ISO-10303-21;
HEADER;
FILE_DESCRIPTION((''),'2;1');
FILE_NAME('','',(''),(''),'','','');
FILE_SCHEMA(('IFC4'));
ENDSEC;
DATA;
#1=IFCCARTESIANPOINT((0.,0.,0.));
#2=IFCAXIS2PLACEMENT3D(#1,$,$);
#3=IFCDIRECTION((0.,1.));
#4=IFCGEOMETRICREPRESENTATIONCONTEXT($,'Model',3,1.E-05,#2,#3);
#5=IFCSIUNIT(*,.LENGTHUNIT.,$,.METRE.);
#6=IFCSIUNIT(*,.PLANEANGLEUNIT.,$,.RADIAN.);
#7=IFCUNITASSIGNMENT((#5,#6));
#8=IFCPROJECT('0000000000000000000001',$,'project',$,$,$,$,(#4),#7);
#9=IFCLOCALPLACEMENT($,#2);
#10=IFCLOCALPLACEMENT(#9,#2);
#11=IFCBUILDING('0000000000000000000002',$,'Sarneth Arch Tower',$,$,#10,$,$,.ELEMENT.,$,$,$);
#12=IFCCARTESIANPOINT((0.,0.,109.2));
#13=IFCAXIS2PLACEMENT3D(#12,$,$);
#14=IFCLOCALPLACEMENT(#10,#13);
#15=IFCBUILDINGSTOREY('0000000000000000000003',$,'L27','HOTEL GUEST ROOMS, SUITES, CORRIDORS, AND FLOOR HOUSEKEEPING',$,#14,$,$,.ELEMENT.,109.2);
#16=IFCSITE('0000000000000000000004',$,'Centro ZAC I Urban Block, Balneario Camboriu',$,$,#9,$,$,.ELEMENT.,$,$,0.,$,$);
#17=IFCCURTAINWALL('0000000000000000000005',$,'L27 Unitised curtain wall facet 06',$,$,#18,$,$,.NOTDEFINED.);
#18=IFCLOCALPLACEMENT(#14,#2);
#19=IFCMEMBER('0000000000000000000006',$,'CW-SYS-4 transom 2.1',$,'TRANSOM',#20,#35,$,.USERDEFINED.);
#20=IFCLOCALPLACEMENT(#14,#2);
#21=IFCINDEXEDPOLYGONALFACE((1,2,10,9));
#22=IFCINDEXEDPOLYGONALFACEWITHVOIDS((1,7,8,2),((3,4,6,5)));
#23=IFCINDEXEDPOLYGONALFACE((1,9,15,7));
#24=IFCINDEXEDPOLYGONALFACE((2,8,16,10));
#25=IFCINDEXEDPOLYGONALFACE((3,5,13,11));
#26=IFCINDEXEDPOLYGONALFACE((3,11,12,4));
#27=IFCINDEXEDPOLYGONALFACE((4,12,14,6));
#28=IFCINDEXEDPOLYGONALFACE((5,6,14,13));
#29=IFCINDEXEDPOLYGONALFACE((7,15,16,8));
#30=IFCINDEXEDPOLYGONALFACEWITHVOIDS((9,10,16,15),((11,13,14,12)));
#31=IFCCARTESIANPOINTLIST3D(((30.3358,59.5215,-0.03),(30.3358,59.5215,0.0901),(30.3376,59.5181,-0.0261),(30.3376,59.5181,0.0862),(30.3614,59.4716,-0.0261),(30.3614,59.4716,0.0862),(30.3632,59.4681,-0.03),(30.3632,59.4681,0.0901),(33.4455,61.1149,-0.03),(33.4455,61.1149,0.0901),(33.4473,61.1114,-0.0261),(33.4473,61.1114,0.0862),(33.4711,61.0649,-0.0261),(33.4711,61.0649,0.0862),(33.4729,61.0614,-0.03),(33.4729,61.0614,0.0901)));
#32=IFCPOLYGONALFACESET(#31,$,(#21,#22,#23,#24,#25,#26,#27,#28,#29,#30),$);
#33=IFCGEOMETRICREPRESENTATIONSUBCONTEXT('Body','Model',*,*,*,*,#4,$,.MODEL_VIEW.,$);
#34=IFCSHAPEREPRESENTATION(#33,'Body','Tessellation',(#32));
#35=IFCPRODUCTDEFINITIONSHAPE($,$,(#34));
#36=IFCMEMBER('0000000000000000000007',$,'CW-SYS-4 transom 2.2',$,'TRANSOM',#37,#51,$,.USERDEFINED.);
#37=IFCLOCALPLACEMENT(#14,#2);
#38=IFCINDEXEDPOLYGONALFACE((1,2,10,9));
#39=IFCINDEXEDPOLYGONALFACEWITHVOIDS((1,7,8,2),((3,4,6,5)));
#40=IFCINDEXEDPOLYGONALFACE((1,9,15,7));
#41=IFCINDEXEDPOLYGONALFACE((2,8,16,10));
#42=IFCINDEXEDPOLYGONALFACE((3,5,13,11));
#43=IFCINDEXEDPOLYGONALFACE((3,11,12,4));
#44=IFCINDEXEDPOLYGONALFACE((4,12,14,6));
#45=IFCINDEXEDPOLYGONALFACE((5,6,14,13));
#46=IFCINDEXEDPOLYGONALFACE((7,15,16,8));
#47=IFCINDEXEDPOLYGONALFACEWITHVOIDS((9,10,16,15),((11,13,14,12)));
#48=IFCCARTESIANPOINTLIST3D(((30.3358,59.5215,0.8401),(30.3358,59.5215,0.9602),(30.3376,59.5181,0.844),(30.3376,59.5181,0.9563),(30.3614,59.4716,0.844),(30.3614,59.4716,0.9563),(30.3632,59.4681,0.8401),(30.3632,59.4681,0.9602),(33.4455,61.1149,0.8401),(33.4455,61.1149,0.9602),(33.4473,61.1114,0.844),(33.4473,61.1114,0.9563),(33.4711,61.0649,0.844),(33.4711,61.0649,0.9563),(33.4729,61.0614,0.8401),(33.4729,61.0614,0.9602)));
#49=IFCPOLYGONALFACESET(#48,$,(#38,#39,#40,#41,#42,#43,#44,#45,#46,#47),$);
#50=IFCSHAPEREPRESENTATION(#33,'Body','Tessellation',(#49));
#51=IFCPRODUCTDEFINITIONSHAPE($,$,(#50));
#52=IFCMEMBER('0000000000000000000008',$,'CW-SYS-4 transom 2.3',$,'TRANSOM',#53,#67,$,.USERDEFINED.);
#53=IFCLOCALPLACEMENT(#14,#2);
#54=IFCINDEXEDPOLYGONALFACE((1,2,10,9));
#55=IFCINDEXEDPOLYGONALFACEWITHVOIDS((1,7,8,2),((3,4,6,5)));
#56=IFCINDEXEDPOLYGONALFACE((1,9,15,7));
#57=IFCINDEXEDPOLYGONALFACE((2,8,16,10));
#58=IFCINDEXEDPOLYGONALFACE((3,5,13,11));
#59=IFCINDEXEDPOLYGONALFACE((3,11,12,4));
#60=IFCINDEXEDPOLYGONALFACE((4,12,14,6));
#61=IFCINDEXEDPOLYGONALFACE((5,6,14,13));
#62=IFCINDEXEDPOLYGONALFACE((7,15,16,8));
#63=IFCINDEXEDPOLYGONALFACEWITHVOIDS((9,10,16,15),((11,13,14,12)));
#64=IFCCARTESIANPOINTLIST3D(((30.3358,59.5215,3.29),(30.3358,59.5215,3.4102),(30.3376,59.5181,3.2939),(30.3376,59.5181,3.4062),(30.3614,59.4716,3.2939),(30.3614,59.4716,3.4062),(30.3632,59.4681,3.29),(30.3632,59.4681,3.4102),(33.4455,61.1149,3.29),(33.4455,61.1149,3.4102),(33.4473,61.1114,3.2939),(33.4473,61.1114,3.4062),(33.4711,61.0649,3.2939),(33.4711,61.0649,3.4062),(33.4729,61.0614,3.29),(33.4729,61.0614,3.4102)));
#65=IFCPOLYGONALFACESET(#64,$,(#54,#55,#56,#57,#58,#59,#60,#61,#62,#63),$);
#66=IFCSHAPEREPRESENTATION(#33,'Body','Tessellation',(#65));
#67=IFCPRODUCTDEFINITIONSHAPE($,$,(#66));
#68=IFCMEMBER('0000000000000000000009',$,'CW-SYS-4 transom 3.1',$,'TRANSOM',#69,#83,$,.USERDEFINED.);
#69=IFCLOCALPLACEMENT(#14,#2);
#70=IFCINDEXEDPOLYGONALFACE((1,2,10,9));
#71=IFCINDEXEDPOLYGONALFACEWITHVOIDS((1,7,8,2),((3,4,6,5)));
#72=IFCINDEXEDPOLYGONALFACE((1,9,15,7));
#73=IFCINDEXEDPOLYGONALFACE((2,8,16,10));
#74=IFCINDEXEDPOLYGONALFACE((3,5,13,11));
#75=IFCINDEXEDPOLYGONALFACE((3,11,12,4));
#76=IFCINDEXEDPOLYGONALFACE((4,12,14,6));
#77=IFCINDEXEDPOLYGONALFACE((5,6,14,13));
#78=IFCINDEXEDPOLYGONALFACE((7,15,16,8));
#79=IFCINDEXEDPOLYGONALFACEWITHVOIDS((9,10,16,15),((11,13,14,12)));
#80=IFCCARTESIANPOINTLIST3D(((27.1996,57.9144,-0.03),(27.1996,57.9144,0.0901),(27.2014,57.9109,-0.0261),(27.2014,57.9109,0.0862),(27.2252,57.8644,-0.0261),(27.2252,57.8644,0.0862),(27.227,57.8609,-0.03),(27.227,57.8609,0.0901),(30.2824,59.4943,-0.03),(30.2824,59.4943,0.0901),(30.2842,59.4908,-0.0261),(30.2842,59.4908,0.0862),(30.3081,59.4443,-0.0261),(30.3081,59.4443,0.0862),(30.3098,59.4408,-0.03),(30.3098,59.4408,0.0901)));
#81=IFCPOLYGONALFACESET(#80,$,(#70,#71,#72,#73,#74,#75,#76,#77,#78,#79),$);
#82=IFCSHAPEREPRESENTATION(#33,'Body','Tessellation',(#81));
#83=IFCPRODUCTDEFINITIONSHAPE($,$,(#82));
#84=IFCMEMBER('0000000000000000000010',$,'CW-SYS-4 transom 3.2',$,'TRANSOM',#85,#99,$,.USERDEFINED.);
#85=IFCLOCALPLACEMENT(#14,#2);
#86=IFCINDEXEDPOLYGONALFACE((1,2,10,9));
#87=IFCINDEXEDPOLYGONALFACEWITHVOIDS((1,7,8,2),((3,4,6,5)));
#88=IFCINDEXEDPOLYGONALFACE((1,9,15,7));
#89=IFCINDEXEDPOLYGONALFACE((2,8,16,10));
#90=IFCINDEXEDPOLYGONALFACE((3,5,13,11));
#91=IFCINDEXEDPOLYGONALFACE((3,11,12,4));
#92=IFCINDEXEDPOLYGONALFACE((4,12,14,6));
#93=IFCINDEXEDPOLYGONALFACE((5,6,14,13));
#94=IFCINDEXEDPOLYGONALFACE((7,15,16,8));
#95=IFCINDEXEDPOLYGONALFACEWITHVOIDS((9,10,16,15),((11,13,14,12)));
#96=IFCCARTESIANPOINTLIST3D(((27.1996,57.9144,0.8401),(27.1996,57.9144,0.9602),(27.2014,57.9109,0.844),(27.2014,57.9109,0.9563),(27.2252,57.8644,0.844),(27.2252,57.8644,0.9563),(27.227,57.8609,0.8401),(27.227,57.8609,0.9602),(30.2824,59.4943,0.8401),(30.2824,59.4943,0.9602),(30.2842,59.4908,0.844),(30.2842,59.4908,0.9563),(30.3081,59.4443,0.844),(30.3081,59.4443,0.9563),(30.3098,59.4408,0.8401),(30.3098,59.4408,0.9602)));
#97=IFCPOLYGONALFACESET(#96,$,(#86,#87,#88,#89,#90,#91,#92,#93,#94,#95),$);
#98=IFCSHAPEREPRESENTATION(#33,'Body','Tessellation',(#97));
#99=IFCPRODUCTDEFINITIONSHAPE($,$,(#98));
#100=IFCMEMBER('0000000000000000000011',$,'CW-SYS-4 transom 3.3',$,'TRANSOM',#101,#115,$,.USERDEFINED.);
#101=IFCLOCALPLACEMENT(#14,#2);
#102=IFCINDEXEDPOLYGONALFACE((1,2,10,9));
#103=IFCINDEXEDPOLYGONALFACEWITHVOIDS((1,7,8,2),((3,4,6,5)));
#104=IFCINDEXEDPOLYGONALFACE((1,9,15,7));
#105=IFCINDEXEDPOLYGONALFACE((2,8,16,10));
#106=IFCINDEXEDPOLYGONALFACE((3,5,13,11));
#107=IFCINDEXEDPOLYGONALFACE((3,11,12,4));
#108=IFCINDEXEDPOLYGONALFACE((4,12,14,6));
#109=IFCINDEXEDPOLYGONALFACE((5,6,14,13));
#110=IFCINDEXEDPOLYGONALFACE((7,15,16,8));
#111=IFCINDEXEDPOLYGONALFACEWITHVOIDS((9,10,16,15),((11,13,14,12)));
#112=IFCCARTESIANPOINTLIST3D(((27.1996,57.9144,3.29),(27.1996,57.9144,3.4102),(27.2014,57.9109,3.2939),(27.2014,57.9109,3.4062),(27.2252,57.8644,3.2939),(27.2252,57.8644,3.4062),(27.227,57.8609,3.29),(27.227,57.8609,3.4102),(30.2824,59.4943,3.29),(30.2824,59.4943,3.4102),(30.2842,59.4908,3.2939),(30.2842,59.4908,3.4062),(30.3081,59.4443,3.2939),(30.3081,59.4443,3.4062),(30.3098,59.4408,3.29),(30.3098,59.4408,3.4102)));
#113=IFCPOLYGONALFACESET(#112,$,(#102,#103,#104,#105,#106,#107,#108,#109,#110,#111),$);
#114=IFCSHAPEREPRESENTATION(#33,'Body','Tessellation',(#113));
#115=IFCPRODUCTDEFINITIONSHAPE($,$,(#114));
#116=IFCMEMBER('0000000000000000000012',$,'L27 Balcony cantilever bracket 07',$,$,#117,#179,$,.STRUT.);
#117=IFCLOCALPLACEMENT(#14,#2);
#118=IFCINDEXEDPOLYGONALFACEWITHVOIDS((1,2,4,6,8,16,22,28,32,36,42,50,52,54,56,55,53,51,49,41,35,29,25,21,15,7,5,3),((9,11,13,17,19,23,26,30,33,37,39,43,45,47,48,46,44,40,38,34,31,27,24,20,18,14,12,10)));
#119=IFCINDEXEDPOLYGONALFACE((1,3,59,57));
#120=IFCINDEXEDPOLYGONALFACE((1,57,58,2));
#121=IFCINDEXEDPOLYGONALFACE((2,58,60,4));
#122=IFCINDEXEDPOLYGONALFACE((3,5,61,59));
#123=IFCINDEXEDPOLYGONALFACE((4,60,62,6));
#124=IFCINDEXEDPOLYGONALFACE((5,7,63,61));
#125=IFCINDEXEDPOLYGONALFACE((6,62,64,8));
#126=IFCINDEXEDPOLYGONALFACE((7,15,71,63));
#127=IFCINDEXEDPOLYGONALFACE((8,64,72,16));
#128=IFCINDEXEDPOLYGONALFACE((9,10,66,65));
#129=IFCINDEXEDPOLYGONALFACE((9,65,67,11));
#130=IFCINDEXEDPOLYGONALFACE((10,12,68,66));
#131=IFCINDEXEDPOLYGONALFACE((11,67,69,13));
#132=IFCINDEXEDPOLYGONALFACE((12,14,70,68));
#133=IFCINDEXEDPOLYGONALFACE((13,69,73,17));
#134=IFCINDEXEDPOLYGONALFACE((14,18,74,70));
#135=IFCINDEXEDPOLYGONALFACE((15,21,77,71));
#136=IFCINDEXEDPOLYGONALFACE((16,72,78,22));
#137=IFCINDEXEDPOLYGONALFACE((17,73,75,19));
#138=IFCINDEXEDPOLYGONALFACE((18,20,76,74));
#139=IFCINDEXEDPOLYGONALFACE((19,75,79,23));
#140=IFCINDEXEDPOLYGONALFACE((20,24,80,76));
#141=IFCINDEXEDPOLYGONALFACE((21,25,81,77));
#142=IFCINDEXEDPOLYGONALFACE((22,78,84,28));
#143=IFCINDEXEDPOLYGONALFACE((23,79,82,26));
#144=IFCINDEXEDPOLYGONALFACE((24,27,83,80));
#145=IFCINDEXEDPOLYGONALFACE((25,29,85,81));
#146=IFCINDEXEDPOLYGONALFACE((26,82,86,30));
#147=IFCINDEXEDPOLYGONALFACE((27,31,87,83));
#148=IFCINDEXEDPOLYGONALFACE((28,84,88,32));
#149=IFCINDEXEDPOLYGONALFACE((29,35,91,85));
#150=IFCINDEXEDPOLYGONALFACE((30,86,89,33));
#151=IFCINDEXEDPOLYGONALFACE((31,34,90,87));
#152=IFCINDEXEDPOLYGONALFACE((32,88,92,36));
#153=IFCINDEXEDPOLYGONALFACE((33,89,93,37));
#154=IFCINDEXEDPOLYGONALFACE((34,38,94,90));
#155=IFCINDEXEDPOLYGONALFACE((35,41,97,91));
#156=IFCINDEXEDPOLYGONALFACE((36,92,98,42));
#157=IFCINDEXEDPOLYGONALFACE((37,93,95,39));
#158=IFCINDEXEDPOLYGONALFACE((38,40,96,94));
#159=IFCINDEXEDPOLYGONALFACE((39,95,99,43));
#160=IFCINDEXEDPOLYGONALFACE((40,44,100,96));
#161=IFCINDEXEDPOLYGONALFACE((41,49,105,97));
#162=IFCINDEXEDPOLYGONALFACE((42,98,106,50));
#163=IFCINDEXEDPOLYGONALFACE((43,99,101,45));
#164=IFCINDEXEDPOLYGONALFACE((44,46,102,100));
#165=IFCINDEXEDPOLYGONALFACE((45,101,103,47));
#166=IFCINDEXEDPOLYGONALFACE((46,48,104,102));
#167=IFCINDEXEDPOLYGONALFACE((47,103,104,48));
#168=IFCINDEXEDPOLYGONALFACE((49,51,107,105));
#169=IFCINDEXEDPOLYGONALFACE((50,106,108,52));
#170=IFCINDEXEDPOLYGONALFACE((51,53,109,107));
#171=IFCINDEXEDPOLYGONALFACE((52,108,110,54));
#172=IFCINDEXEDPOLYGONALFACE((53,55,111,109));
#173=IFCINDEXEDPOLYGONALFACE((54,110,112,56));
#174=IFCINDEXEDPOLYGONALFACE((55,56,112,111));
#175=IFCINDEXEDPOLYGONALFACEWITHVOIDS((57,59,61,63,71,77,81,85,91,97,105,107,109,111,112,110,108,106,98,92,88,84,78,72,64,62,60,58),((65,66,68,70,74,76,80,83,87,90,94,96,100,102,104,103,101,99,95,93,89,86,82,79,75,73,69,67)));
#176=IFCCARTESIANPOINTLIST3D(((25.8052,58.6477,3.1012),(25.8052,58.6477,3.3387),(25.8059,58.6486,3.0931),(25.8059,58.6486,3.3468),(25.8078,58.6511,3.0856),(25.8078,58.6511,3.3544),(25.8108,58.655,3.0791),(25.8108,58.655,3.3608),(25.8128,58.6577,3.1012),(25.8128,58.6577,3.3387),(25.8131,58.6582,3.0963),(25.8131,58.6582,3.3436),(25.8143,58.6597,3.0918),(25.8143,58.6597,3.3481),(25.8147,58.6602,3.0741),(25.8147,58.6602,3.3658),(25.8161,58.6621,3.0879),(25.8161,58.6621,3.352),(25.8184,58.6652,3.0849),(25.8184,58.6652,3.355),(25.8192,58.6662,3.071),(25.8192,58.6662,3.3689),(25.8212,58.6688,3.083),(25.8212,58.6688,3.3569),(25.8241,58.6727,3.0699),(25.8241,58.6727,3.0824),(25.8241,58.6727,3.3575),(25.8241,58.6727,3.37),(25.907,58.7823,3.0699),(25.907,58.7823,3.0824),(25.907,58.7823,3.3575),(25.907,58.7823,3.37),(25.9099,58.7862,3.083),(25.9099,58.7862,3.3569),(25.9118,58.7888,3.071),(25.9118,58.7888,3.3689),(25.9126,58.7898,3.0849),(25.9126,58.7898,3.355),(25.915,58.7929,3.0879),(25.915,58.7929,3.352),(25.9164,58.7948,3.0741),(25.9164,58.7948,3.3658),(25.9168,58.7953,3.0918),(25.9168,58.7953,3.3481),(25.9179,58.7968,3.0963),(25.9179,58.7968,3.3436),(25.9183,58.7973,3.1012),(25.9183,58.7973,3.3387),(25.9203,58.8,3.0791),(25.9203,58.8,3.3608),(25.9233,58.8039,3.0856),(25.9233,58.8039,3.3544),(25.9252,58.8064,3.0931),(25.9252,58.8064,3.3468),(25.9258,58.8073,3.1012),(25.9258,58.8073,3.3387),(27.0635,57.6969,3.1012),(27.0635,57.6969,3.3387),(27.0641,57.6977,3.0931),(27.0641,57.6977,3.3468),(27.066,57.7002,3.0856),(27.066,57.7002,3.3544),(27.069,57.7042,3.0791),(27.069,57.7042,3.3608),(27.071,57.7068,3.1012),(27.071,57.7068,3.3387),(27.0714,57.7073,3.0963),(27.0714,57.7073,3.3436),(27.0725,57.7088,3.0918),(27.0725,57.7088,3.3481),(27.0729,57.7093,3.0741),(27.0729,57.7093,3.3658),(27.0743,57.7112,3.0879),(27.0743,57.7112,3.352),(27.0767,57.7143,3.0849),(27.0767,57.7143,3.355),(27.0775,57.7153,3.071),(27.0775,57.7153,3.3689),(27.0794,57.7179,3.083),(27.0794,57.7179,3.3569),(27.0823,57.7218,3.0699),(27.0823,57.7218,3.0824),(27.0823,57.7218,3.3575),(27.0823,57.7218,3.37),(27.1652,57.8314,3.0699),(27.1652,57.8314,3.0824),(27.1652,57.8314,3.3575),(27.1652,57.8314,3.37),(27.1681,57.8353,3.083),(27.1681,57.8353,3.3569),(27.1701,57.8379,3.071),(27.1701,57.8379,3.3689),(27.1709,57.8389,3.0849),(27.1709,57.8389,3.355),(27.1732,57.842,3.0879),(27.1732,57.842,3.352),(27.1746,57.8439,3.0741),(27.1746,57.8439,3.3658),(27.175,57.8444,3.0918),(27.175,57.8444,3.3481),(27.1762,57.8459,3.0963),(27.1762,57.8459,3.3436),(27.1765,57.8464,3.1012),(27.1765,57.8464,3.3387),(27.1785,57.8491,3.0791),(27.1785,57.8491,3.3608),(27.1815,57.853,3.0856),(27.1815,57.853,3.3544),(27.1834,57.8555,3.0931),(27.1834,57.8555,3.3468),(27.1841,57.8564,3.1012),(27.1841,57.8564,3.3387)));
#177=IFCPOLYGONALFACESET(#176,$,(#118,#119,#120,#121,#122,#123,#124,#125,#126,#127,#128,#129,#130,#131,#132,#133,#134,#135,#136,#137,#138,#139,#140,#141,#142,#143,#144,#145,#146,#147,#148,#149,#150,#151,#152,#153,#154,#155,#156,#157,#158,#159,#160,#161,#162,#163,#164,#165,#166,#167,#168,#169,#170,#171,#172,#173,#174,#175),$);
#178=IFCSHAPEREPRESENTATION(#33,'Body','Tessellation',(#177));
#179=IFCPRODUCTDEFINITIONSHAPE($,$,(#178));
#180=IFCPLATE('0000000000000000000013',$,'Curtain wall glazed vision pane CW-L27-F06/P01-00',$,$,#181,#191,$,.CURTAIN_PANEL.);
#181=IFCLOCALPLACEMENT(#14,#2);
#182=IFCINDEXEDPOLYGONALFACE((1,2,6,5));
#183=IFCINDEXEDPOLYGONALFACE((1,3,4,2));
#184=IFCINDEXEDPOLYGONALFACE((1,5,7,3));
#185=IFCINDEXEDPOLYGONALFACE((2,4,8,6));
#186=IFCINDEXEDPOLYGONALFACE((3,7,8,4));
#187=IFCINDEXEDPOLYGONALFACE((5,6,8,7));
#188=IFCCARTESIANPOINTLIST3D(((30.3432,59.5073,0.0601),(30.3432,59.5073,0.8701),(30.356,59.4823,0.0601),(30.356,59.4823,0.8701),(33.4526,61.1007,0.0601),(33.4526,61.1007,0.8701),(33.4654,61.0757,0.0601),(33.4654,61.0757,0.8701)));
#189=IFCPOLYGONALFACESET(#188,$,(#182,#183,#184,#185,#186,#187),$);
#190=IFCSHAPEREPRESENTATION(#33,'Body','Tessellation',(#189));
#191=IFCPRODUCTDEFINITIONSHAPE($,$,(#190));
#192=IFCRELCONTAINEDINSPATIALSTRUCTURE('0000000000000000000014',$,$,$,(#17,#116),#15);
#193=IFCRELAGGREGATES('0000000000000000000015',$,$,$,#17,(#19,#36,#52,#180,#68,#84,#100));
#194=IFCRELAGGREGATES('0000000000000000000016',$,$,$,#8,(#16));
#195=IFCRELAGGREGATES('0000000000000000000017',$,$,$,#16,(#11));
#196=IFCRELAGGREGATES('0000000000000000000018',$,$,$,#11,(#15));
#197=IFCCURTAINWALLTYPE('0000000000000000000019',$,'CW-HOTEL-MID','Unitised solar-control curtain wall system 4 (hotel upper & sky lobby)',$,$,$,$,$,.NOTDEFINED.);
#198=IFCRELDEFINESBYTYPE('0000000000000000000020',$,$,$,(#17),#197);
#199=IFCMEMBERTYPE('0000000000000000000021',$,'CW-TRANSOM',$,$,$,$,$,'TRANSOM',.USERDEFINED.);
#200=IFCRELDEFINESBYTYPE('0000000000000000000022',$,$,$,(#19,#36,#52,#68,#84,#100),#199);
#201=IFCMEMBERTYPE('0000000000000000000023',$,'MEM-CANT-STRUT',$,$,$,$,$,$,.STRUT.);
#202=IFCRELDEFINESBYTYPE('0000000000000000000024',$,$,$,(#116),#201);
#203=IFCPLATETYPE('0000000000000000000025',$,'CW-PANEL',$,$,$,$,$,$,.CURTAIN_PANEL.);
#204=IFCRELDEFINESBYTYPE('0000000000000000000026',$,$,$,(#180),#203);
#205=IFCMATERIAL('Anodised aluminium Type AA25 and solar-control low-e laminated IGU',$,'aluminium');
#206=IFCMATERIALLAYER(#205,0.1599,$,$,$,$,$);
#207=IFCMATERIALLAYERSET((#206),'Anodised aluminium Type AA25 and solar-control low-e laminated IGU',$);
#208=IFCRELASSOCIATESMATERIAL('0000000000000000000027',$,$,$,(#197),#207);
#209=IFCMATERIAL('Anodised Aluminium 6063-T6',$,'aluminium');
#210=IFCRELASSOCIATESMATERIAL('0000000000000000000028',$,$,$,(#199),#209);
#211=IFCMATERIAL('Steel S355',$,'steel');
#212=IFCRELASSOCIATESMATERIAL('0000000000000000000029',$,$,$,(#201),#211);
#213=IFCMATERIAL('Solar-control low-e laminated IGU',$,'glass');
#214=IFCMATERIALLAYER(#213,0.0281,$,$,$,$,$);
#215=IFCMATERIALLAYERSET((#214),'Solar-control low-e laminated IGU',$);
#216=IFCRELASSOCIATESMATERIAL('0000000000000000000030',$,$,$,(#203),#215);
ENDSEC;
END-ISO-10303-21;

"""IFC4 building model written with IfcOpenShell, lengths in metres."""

from ifc_helpers import new_model, si_unit, direction, frame, origin, origin_2d, place, context, subcontext, project, spatial, rectangle, hollow_rectangle, extrude, material, layer, layer_set, material_profile, profile_set, type_object, element, aggregate, save


model = new_model("IFC4")

# Units and contexts
model_context = context("Model", 3, precision=1e-05, world=origin(), true_north=direction((0.0, 1.0)))
body_context = subcontext(model_context, "Body", "Model", "MODEL_VIEW")
ifc_project = project(units=[si_unit("LENGTHUNIT", "METRE"), si_unit("PLANEANGLEUNIT", "RADIAN")], contexts=[model_context])

# Site, building, storey
site_placement = place(None, origin())
site = spatial("IfcSite", under=ifc_project, at=site_placement, Name="Centro ZAC I Urban Block, Balneario Camboriu", CompositionType="ELEMENT", RefElevation=0.0)
building_placement = place(site_placement, origin())
building = spatial("IfcBuilding", under=site, at=building_placement, Name="Sarneth Arch Tower", CompositionType="ELEMENT")
storey_placement = place(building_placement, frame((0.0, 0.0, 109.2)))
storey = spatial("IfcBuildingStorey", under=building, at=storey_placement, Name="L27", Description="HOTEL GUEST ROOMS, SUITES, CORRIDORS, AND FLOOR HOUSEKEEPING", CompositionType="ELEMENT", Elevation=109.2)

# Curtain wall, members
ifc_material_1 = material(Name="Anodised aluminium Type AA25 and solar-control low-e laminated IGU", Category="aluminium")
ifc_layer_1 = layer(ifc_material_1, 0.1599)
ifc_layer_set_1 = layer_set([ifc_layer_1], Name="Anodised aluminium Type AA25 and solar-control low-e laminated IGU")
curtain_wall_type = type_object("IfcCurtainWallType", Name="CW-HOTEL-MID", Description="Unitised solar-control curtain wall system 4 (hotel upper & sky lobby)", PredefinedType="NOTDEFINED", material=ifc_layer_set_1)
curtain_wall_placement = place(storey_placement, origin())
curtain_wall = element("IfcCurtainWall", 1, at=curtain_wall_placement, inside=storey, type_object=curtain_wall_type, Name="L27 Unitised curtain wall facet 06", PredefinedType="NOTDEFINED")
ifc_material_2 = material(Name="Anodised Aluminium 6063-T6", Category="aluminium")
ifc_material_profile_1 = material_profile(ifc_material_2, hollow_rectangle(XDim=0.0601, YDim=0.1201, WallThickness=0.0039, at=origin_2d()), Name="AL-TRAN-120x60x4")
ifc_profile_set_1 = profile_set([ifc_material_profile_1], Name="Anodised Aluminium 6063-T6")
member_type_1 = type_object("IfcMemberType", Name="CW-TRANSOM", ElementType="TRANSOM", PredefinedType="USERDEFINED", material=ifc_profile_set_1)
member_1_placement = place(storey_placement, frame((33.4592, 61.0881, 0.03), z_axis=(-0.889982, -0.455996, 0.0), x_axis=(0.455996, -0.889982, 0.0)))
member_1 = element("IfcMember", 2, at=member_1_placement, type_object=member_type_1, Name="CW-SYS-4 transom 2.1", ObjectType="TRANSOM", PredefinedType="USERDEFINED", context=body_context, shape_type="SweptSolid", body=[
    extrude(hollow_rectangle(XDim=0.0601, YDim=0.1201, WallThickness=0.0039, at=origin_2d()), origin(), (0.0, 0.0, 1.0), 3.4941),
])
member_2_placement = place(storey_placement, frame((33.4592, 61.0881, 0.9001), z_axis=(-0.889982, -0.455996, 0.0), x_axis=(0.455996, -0.889982, 0.0)))
member_2 = element("IfcMember", 3, at=member_2_placement, type_object=member_type_1, Name="CW-SYS-4 transom 2.2", ObjectType="TRANSOM", PredefinedType="USERDEFINED", context=body_context, shape_type="SweptSolid", body=[
    extrude(hollow_rectangle(XDim=0.0601, YDim=0.1201, WallThickness=0.0039, at=origin_2d()), origin(), (0.0, 0.0, 1.0), 3.4941),
])
member_3_placement = place(storey_placement, frame((33.4592, 61.0881, 3.3501), z_axis=(-0.889982, -0.455996, 0.0), x_axis=(0.455996, -0.889982, 0.0)))
member_3 = element("IfcMember", 4, at=member_3_placement, type_object=member_type_1, Name="CW-SYS-4 transom 2.3", ObjectType="TRANSOM", PredefinedType="USERDEFINED", context=body_context, shape_type="SweptSolid", body=[
    extrude(hollow_rectangle(XDim=0.0601, YDim=0.1201, WallThickness=0.0039, at=origin_2d()), origin(), (0.0, 0.0, 1.0), 3.4941),
])
member_4_placement = place(storey_placement, frame((30.2961, 59.4675, 0.03), z_axis=(-0.889943, -0.456072, 0.0), x_axis=(0.456072, -0.889943, 0.0)))
member_4 = element("IfcMember", 5, at=member_4_placement, type_object=member_type_1, Name="CW-SYS-4 transom 3.1", ObjectType="TRANSOM", PredefinedType="USERDEFINED", context=body_context, shape_type="SweptSolid", body=[
    extrude(hollow_rectangle(XDim=0.0601, YDim=0.1201, WallThickness=0.0039, at=origin_2d()), origin(), (0.0, 0.0, 1.0), 3.4641),
])
member_5_placement = place(storey_placement, frame((30.2961, 59.4675, 0.9001), z_axis=(-0.889943, -0.456072, 0.0), x_axis=(0.456072, -0.889943, 0.0)))
member_5 = element("IfcMember", 6, at=member_5_placement, type_object=member_type_1, Name="CW-SYS-4 transom 3.2", ObjectType="TRANSOM", PredefinedType="USERDEFINED", context=body_context, shape_type="SweptSolid", body=[
    extrude(hollow_rectangle(XDim=0.0601, YDim=0.1201, WallThickness=0.0039, at=origin_2d()), origin(), (0.0, 0.0, 1.0), 3.4641),
])
member_6_placement = place(storey_placement, frame((30.2961, 59.4675, 3.3501), z_axis=(-0.889943, -0.456072, 0.0), x_axis=(0.456072, -0.889943, 0.0)))
member_6 = element("IfcMember", 7, at=member_6_placement, type_object=member_type_1, Name="CW-SYS-4 transom 3.3", ObjectType="TRANSOM", PredefinedType="USERDEFINED", context=body_context, shape_type="SweptSolid", body=[
    extrude(hollow_rectangle(XDim=0.0601, YDim=0.1201, WallThickness=0.0039, at=origin_2d()), origin(), (0.0, 0.0, 1.0), 3.4641),
])

# Member
ifc_material_3 = material(Name="Steel S355", Category="steel")
ifc_material_profile_2 = material_profile(ifc_material_3, hollow_rectangle(XDim=0.2, YDim=0.3, WallThickness=0.0125, InnerFilletRadius=0.0188, OuterFilletRadius=0.0312, at=origin_2d()), Name="RHS300x200x12.5")
ifc_profile_set_2 = profile_set([ifc_material_profile_2], Name="Steel S355")
member_type_2 = type_object("IfcMemberType", Name="MEM-CANT-STRUT", PredefinedType="STRUT", material=ifc_profile_set_2)
member_7_placement = place(storey_placement, frame((27.1238, 57.7766, 3.22), z_axis=(-0.797803, 0.602918, 0.0), x_axis=(-0.602918, -0.797803, 0.0)))
element("IfcMember", 8, at=member_7_placement, inside=storey, type_object=member_type_2, Name="L27 Balcony cantilever bracket 07", PredefinedType="STRUT", context=body_context, shape_type="SweptSolid", body=[
    extrude(hollow_rectangle(XDim=0.2, YDim=0.3, WallThickness=0.0125, InnerFilletRadius=0.0188, OuterFilletRadius=0.0312, at=origin_2d()), origin(), (0.0, 0.0, 1.0), 1.5771),
])

# Plate
ifc_material_4 = material(Name="Solar-control low-e laminated IGU", Category="glass")
ifc_layer_2 = layer(ifc_material_4, 0.0281)
ifc_layer_set_2 = layer_set([ifc_layer_2], Name="Solar-control low-e laminated IGU")
plate_type_1 = type_object("IfcPlateType", Name="CW-PANEL", PredefinedType="CURTAIN_PANEL", material=ifc_layer_set_2)
plate_1_placement = place(storey_placement, frame((31.9043, 60.2915, 0.0601), z_axis=(0.0, 0.0, 1.0), x_axis=(-0.889964, -0.456031, 0.0)))
plate_1 = element("IfcPlate", 9, at=plate_1_placement, type_object=plate_type_1, Name="Curtain wall glazed vision pane CW-L27-F06/P01-00", PredefinedType="CURTAIN_PANEL", context=body_context, shape_type="SweptSolid", body=[
    extrude(rectangle(XDim=3.4939, YDim=0.0281, at=origin_2d()), origin(), (0.0, 0.0, 1.0), 0.8101),
])
aggregate(curtain_wall, [member_1, member_2, member_3, plate_1, member_4, member_5, member_6])

save(model, "model.ifc")
